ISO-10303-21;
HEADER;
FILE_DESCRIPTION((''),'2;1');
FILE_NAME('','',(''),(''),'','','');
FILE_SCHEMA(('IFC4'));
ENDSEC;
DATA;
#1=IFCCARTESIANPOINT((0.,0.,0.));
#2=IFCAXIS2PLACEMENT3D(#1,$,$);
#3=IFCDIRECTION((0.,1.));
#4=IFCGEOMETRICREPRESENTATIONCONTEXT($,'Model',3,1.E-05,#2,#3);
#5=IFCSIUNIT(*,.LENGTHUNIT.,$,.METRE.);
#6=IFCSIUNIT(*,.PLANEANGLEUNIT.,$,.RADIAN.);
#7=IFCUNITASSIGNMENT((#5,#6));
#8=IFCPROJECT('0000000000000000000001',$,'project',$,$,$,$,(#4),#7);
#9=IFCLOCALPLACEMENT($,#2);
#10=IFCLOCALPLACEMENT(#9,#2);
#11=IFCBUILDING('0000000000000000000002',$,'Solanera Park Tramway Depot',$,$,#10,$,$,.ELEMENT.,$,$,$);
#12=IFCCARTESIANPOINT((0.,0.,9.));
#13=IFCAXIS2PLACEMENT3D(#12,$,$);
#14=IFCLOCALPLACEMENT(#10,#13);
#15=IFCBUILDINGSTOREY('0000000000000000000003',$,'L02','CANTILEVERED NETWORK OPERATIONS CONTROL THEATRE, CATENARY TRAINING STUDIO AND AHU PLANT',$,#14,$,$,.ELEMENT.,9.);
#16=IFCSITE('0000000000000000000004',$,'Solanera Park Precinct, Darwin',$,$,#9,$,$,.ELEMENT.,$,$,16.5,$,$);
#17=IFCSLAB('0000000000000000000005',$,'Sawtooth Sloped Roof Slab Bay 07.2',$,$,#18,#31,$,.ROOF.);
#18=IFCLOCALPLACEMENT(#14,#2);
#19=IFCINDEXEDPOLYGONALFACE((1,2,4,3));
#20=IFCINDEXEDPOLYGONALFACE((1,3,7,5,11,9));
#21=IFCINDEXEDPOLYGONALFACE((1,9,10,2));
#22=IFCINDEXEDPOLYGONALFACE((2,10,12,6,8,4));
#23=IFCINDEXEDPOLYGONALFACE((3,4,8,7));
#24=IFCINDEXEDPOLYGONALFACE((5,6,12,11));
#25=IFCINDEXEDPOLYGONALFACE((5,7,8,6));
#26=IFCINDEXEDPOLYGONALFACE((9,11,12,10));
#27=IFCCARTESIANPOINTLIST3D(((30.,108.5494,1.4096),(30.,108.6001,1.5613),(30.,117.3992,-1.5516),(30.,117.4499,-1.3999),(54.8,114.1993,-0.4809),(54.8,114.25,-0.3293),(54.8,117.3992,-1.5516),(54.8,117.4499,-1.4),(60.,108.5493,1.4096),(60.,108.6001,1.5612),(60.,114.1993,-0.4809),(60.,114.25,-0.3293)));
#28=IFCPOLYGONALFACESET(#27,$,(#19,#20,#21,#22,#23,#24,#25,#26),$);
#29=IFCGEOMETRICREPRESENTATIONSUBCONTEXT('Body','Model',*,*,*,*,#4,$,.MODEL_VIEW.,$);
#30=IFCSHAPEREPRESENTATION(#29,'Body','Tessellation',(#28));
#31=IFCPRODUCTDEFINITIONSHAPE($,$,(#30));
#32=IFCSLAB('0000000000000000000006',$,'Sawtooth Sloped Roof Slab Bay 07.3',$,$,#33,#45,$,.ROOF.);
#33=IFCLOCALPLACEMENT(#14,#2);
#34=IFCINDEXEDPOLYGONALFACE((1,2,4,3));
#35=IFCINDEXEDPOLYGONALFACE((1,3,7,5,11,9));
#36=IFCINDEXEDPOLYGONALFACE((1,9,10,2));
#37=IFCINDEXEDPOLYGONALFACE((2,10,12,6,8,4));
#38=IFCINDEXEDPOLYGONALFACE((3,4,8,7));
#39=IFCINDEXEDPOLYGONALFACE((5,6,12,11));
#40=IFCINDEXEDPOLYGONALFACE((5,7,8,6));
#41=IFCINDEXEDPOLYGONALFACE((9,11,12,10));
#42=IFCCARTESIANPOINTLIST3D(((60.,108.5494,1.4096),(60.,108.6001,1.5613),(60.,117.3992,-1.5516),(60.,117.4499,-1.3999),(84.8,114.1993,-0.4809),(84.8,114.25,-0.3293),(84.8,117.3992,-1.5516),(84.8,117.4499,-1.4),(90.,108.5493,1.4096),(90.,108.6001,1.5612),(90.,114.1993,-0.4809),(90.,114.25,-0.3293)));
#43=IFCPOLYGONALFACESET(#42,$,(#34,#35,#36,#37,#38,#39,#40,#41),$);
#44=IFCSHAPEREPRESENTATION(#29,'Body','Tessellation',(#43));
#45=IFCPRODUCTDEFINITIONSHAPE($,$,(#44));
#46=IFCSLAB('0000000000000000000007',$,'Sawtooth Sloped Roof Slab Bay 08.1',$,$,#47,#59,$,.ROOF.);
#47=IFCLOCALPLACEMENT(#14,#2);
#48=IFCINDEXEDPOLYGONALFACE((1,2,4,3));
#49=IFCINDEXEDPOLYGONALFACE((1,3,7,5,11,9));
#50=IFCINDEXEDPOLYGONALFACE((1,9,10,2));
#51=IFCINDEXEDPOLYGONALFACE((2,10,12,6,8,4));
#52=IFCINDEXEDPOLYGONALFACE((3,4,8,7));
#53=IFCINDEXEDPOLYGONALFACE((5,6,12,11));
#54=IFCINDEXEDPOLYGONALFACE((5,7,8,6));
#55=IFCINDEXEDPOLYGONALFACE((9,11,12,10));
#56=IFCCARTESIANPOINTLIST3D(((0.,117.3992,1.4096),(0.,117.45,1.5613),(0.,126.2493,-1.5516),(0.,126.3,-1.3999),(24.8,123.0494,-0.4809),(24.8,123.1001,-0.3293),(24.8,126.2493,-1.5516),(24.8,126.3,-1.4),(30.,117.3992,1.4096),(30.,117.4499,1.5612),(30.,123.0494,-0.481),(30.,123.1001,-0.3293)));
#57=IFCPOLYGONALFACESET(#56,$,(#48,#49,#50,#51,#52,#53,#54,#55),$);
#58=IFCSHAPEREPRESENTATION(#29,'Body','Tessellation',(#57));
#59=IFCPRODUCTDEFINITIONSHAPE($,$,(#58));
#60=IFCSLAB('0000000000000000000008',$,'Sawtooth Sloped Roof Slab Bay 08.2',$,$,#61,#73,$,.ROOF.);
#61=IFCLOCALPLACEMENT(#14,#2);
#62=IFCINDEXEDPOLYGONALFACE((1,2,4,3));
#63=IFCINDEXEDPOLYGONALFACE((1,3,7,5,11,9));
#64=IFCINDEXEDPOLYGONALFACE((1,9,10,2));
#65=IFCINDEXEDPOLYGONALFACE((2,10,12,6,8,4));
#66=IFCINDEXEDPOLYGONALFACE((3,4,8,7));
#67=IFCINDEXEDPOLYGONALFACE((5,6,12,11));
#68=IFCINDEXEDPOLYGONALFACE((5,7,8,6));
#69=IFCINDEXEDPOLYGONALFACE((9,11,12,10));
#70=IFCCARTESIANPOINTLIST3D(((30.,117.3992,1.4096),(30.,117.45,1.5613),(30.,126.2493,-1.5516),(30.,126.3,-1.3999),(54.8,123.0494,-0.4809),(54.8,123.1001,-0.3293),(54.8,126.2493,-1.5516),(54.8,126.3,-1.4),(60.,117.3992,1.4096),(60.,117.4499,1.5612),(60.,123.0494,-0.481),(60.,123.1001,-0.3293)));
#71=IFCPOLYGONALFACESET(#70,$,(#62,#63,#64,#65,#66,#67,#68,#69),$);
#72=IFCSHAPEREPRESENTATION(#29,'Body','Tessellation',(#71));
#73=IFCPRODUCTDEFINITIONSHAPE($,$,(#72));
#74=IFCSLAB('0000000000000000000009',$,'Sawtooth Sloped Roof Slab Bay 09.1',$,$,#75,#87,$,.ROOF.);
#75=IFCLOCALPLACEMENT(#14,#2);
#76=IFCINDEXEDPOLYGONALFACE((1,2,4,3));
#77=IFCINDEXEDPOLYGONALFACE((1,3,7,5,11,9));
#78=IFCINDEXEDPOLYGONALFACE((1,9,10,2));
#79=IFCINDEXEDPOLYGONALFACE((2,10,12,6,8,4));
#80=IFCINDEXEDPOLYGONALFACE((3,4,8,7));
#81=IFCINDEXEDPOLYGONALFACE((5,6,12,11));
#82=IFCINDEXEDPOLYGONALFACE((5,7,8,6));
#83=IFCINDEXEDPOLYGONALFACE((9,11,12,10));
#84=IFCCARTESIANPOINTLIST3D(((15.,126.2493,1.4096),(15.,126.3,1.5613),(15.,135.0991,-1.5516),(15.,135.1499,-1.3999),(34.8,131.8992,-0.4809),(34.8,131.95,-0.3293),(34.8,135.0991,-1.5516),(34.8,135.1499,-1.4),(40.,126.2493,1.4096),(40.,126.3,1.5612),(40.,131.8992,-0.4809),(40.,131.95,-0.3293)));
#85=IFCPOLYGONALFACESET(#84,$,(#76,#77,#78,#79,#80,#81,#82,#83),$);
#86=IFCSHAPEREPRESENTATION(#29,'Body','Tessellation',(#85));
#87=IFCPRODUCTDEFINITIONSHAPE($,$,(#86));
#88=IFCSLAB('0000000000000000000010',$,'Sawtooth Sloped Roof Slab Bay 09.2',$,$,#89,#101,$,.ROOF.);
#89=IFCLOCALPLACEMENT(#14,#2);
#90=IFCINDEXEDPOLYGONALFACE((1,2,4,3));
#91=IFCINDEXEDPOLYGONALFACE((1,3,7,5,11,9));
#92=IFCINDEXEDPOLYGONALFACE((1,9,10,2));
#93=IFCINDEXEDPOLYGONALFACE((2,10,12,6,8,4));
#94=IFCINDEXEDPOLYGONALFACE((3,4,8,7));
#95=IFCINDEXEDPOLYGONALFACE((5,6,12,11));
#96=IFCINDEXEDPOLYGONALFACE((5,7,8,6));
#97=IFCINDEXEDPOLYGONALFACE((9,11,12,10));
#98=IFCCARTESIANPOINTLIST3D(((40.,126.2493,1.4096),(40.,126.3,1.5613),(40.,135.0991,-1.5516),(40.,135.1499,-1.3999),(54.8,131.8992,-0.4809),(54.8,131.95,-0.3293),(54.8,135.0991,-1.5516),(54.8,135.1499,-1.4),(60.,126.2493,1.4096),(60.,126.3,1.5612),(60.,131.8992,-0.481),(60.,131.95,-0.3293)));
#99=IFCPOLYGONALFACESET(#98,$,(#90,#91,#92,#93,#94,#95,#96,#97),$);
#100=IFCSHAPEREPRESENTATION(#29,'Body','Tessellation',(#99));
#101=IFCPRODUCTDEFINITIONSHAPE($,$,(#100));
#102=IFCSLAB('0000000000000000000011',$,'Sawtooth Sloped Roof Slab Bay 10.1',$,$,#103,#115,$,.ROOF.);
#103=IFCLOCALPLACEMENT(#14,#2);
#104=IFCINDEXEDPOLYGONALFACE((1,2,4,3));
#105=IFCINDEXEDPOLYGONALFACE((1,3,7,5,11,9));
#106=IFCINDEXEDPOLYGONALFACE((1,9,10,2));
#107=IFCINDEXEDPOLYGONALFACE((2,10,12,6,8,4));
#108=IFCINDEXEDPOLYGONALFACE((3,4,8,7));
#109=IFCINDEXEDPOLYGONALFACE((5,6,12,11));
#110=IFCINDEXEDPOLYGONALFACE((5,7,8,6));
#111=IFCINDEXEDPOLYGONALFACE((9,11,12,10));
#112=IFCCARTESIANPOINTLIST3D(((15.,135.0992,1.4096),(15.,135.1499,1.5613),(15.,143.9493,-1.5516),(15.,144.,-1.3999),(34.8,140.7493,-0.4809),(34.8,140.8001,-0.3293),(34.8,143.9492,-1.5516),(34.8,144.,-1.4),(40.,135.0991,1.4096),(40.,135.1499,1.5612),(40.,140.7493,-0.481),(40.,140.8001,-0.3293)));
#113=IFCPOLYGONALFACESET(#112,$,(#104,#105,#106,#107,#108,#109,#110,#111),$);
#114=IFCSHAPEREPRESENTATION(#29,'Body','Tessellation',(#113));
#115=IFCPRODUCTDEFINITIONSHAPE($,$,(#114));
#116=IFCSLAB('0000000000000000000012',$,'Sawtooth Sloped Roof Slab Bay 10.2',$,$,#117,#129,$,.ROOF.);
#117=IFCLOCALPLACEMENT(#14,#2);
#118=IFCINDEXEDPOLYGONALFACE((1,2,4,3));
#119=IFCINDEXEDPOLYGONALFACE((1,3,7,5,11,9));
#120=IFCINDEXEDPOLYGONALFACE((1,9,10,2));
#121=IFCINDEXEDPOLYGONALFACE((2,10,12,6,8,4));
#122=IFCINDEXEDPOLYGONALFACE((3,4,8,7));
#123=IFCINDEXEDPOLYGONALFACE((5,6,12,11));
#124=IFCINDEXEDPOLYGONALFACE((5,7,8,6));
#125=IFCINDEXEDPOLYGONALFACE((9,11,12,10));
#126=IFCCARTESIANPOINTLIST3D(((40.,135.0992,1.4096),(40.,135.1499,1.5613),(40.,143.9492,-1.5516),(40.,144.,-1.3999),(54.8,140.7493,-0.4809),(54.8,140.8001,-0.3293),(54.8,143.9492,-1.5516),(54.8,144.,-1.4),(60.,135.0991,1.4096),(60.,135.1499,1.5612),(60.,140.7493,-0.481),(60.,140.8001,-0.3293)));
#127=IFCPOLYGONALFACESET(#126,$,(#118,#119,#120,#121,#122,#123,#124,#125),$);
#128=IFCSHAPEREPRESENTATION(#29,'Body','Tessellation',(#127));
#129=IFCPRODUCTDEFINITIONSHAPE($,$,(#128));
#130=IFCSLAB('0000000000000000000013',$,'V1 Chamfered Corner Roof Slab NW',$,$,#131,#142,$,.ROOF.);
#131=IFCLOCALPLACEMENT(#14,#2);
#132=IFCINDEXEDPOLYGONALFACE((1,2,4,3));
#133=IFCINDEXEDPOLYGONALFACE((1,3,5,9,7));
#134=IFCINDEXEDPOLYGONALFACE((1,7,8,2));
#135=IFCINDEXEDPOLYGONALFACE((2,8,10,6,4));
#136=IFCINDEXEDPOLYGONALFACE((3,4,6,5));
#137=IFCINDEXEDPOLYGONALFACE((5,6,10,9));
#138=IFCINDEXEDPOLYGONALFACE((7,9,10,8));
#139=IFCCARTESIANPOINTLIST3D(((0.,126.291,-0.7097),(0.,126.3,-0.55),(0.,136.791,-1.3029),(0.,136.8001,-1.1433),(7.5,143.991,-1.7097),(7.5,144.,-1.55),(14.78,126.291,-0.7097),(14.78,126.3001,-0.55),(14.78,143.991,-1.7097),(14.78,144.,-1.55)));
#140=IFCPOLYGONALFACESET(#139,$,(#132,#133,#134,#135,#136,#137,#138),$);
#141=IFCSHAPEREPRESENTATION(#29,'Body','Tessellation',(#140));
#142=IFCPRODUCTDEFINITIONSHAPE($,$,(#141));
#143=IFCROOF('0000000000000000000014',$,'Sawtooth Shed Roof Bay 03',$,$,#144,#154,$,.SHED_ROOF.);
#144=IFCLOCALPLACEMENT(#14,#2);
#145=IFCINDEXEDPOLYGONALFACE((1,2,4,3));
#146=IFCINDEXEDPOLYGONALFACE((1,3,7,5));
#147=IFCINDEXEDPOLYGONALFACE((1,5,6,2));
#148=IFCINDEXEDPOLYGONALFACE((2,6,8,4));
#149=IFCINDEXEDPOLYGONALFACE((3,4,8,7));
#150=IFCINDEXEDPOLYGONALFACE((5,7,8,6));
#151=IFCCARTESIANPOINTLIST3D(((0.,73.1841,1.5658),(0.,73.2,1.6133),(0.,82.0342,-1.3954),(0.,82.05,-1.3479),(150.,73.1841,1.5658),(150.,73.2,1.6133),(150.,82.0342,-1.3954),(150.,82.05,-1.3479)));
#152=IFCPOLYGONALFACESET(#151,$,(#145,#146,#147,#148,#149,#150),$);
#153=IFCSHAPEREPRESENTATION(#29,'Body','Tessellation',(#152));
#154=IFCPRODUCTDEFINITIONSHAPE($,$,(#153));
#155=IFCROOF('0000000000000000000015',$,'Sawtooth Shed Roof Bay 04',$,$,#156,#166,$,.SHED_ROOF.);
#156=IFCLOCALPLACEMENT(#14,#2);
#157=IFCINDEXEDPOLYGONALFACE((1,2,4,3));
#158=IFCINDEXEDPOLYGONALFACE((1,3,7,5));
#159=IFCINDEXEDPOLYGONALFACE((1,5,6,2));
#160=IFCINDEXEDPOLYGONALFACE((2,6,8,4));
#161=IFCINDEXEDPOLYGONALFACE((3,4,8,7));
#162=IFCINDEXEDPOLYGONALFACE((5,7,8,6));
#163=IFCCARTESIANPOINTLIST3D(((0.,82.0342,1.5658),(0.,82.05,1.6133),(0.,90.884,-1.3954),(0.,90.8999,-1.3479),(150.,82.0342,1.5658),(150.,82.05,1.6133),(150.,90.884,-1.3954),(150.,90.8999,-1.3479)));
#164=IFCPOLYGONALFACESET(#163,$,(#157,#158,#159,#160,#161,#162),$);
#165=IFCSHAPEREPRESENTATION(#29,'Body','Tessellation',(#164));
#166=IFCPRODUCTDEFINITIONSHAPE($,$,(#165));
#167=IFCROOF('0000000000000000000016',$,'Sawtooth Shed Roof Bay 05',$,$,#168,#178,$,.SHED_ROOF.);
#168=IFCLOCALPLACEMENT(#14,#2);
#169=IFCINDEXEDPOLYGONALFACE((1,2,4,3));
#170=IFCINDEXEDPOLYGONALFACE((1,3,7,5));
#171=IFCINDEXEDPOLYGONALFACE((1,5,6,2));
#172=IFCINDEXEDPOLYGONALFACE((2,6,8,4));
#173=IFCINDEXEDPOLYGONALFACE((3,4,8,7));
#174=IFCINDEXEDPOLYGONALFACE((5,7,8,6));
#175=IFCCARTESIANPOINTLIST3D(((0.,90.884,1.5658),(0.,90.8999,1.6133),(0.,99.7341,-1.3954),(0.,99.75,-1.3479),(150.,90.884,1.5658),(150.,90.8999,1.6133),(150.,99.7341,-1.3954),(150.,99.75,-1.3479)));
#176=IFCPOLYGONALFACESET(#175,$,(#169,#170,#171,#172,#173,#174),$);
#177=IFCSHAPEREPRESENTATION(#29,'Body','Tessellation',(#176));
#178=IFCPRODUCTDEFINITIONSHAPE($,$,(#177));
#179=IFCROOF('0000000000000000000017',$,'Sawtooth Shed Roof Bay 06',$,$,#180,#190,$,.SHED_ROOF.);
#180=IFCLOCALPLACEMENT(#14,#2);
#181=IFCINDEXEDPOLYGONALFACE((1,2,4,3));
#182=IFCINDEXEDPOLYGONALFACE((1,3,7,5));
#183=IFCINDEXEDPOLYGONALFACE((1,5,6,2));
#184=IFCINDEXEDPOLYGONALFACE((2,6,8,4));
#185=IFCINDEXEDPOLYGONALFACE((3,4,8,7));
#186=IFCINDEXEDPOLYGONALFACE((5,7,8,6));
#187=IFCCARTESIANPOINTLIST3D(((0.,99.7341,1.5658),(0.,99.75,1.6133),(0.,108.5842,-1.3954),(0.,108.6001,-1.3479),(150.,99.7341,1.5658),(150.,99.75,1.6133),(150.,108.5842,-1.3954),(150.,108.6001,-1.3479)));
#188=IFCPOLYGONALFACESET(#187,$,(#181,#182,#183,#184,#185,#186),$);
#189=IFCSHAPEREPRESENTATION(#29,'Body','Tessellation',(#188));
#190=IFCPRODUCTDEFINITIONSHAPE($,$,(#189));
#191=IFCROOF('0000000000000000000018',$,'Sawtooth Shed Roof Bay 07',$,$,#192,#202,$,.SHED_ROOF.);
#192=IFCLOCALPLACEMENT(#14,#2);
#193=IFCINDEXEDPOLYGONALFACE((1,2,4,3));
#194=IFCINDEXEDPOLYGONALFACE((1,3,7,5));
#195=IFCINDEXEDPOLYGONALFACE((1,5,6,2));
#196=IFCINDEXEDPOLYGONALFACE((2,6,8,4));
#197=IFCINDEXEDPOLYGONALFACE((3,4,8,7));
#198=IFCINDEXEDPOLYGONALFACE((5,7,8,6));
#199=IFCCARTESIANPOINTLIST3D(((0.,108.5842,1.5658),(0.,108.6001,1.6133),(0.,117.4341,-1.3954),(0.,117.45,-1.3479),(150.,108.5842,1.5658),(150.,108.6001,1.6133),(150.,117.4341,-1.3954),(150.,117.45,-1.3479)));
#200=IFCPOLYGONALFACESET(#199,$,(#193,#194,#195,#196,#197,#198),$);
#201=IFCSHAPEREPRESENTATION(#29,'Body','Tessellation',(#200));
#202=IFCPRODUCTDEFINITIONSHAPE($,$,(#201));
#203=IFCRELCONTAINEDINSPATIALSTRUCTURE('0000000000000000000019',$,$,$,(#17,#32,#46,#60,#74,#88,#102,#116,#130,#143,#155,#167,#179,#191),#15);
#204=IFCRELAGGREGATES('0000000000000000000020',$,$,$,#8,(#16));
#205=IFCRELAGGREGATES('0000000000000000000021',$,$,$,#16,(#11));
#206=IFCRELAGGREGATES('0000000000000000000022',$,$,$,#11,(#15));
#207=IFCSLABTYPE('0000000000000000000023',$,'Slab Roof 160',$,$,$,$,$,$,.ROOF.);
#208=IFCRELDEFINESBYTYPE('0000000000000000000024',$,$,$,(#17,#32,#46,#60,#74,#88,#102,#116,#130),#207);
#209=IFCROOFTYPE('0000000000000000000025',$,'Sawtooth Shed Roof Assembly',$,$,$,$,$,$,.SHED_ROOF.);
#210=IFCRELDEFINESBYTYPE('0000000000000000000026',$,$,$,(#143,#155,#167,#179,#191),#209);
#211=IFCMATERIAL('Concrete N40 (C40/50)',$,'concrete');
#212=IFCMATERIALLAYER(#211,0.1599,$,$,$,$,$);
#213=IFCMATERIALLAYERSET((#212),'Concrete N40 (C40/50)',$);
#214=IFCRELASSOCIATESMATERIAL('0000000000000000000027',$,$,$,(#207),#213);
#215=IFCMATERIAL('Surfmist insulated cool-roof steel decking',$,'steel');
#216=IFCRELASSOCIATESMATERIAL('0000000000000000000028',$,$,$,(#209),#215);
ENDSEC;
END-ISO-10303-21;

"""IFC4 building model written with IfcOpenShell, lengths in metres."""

from ifc_helpers import new_model, si_unit, direction, frame, origin, place, context, subcontext, project, spatial, polyline, outline, extrude, material, layer, layer_set, type_object, element, save


model = new_model("IFC4")

# Units and contexts
model_context = context("Model", 3, precision=1e-05, world=origin(), true_north=direction((0.0, 1.0)))
body_context = subcontext(model_context, "Body", "Model", "MODEL_VIEW")
ifc_project = project(units=[si_unit("LENGTHUNIT", "METRE"), si_unit("PLANEANGLEUNIT", "RADIAN")], contexts=[model_context])

# Site, building, storey
site_placement = place(None, origin())
site = spatial("IfcSite", under=ifc_project, at=site_placement, Name="Solanera Park Precinct, Darwin", CompositionType="ELEMENT", RefElevation=16.5)
building_placement = place(site_placement, origin())
building = spatial("IfcBuilding", under=site, at=building_placement, Name="Solanera Park Tramway Depot", CompositionType="ELEMENT")
storey_placement = place(building_placement, frame((0.0, 0.0, 9.0)))
storey = spatial("IfcBuildingStorey", under=building, at=storey_placement, Name="L02", Description="CANTILEVERED NETWORK OPERATIONS CONTROL THEATRE, CATENARY TRAINING STUDIO AND AHU PLANT", CompositionType="ELEMENT", Elevation=9.0)

# Slabs
ifc_material_1 = material(Name="Concrete N40 (C40/50)", Category="concrete")
ifc_layer = layer(ifc_material_1, 0.1599)
ifc_layer_set = layer_set([ifc_layer], Name="Concrete N40 (C40/50)")
slab_type = type_object("IfcSlabType", Name="Slab Roof 160", PredefinedType="ROOF", material=ifc_layer_set)
for number, where, z_axis, x_axis, name in (
    (1, (30.0, 108.6001, 1.5613), (0.000003, 0.317313, 0.948321), (1.0, -0.000001, -0.000002), "Sawtooth Sloped Roof Slab Bay 07.2"),
    (2, (60.0, 108.6001, 1.5613), (0.000003, 0.317313, 0.948321), (1.0, -0.000001, -0.000002), "Sawtooth Sloped Roof Slab Bay 07.3"),
):
    element("IfcSlab", number, at=place(storey_placement, frame(where, z_axis=z_axis, x_axis=x_axis)), inside=storey, type_object=slab_type, Name=name, PredefinedType="ROOF", context=body_context, shape_type="SweptSolid", body=[
        extrude(outline(polyline([(0.0, 0.0), (30.0, 0.0), (30.0, 5.9578), (24.8, 5.9578), (24.8, 9.3321), (0.0, 9.3321), (0.0, 0.0)])), origin(), (0.0, 0.0, -1.0), 0.1599),
    ])
for number, where, z_axis, x_axis, name in (
    (3, (0.0, 117.45, 1.5613), (0.000002, 0.317305, 0.948324), (1.0, -0.000001, -0.000002), "Sawtooth Sloped Roof Slab Bay 08.1"),
    (4, (30.0, 117.45, 1.5613), (0.000002, 0.317305, 0.948324), (1.0, -0.000001, -0.000002), "Sawtooth Sloped Roof Slab Bay 08.2"),
):
    element("IfcSlab", number, at=place(storey_placement, frame(where, z_axis=z_axis, x_axis=x_axis)), inside=storey, type_object=slab_type, Name=name, PredefinedType="ROOF", context=body_context, shape_type="SweptSolid", body=[
        extrude(outline(polyline([(0.0, 0.0), (30.0, 0.0), (30.0, 5.9581), (24.8, 5.9581), (24.8, 9.3324), (0.0, 9.3324), (0.0, 0.0)])), origin(), (0.0, 0.0, -1.0), 0.1599),
    ])
slab_1_placement = place(storey_placement, frame((15.0, 126.3, 1.5613), z_axis=(0.000003, 0.317314, 0.948321), x_axis=(1.0, -0.000001, -0.000003)))
element("IfcSlab", 5, at=slab_1_placement, inside=storey, type_object=slab_type, Name="Sawtooth Sloped Roof Slab Bay 09.1", PredefinedType="ROOF", context=body_context, shape_type="SweptSolid", body=[
    extrude(outline(polyline([(0.0, 0.0), (25.0, 0.0), (25.0, 5.9578), (19.8, 5.9578), (19.8, 9.3321), (0.0, 9.3321), (0.0, 0.0)])), origin(), (0.0, 0.0, -1.0), 0.1599),
])
slab_2_placement = place(storey_placement, frame((40.0, 126.3, 1.5613), z_axis=(0.000004, 0.317315, 0.94832), x_axis=(1.0, -0.000001, -0.000004)))
element("IfcSlab", 6, at=slab_2_placement, inside=storey, type_object=slab_type, Name="Sawtooth Sloped Roof Slab Bay 09.2", PredefinedType="ROOF", context=body_context, shape_type="SweptSolid", body=[
    extrude(outline(polyline([(0.0, 0.0), (20.0, 0.0), (20.0, 5.9578), (14.8, 5.9578), (14.8, 9.3321), (0.0, 9.3321), (0.0, 0.0)])), origin(), (0.0, 0.0, -1.0), 0.1599),
])
slab_3_placement = place(storey_placement, frame((15.0, 135.1499, 1.5613), z_axis=(0.000003, 0.317305, 0.948323), x_axis=(1.0, -0.000001, -0.000002)))
element("IfcSlab", 7, at=slab_3_placement, inside=storey, type_object=slab_type, Name="Sawtooth Sloped Roof Slab Bay 10.1", PredefinedType="ROOF", context=body_context, shape_type="SweptSolid", body=[
    extrude(outline(polyline([(0.0, 0.0), (25.0, 0.0), (25.0, 5.9581), (19.8, 5.9581), (19.8, 9.3324), (0.0, 9.3324), (0.0, 0.0)])), origin(), (0.0, 0.0, -1.0), 0.1599),
])
slab_4_placement = place(storey_placement, frame((40.0, 135.1499, 1.5613), z_axis=(0.000003, 0.317306, 0.948323), x_axis=(1.0, -0.000001, -0.000003)))
element("IfcSlab", 8, at=slab_4_placement, inside=storey, type_object=slab_type, Name="Sawtooth Sloped Roof Slab Bay 10.2", PredefinedType="ROOF", context=body_context, shape_type="SweptSolid", body=[
    extrude(outline(polyline([(0.0, 0.0), (20.0, 0.0), (20.0, 5.9581), (14.8, 5.9581), (14.8, 9.3324), (0.0, 9.3324), (0.0, 0.0)])), origin(), (0.0, 0.0, -1.0), 0.1599),
])
slab_5_placement = place(storey_placement, frame((0.0, 126.3, -0.55), z_axis=(-0.000001, 0.056408, 0.998408), x_axis=(1.0, 0.0, 0.000001)))
element("IfcSlab", 9, at=slab_5_placement, inside=storey, type_object=slab_type, Name="V1 Chamfered Corner Roof Slab NW", PredefinedType="ROOF", context=body_context, shape_type="SweptSolid", body=[
    extrude(outline(polyline([(0.0, 0.0), (14.78, 0.0), (14.78, 17.7282), (7.5, 17.7282), (0.0, 10.5167), (0.0, 0.0)])), origin(), (0.0, 0.0, -1.0), 0.1599),
])

# Roofs
ifc_material_2 = material(Name="Surfmist insulated cool-roof steel decking", Category="steel")
roof_type = type_object("IfcRoofType", Name="Sawtooth Shed Roof Assembly", PredefinedType="SHED_ROOF", material=ifc_material_2)
roof_1_placement = place(storey_placement, frame((0.0, 73.2, 1.6133), z_axis=(0.0, 0.317303, 0.948324), x_axis=(1.0, 0.0, 0.0)))
element("IfcRoof", 10, at=roof_1_placement, inside=storey, type_object=roof_type, Name="Sawtooth Shed Roof Bay 03", PredefinedType="SHED_ROOF", context=body_context, shape_type="SweptSolid", body=[
    extrude(outline(polyline([(0.0, 0.0), (150.0, 0.0), (150.0, 9.3324), (0.0, 9.3324), (0.0, 0.0)])), origin(), (0.0, 0.0, -1.0), 0.05),
])
roof_2_placement = place(storey_placement, frame((0.0, 82.05, 1.6133), z_axis=(0.0, 0.317311, 0.948322), x_axis=(1.0, 0.0, 0.0)))
element("IfcRoof", 11, at=roof_2_placement, inside=storey, type_object=roof_type, Name="Sawtooth Shed Roof Bay 04", PredefinedType="SHED_ROOF", context=body_context, shape_type="SweptSolid", body=[
    extrude(outline(polyline([(0.0, 0.0), (150.0, 0.0), (150.0, 9.3321), (0.0, 9.3321), (0.0, 0.0)])), origin(), (0.0, 0.0, -1.0), 0.05),
])
for number, where, z_axis, x_axis, name in (
    (12, (0.0, 90.8999, 1.6133), (0.0, 0.317303, 0.948324), (1.0, 0.0, 0.0), "Sawtooth Shed Roof Bay 05"),
    (13, (0.0, 99.75, 1.6133), (0.0, 0.317303, 0.948324), (1.0, 0.0, 0.0), "Sawtooth Shed Roof Bay 06"),
):
    element("IfcRoof", number, at=place(storey_placement, frame(where, z_axis=z_axis, x_axis=x_axis)), inside=storey, type_object=roof_type, Name=name, PredefinedType="SHED_ROOF", context=body_context, shape_type="SweptSolid", body=[
        extrude(outline(polyline([(0.0, 0.0), (150.0, 0.0), (150.0, 9.3324), (0.0, 9.3324), (0.0, 0.0)])), origin(), (0.0, 0.0, -1.0), 0.05),
    ])
roof_3_placement = place(storey_placement, frame((0.0, 108.6001, 1.6133), z_axis=(0.0, 0.317311, 0.948322), x_axis=(1.0, 0.0, 0.0)))
element("IfcRoof", 14, at=roof_3_placement, inside=storey, type_object=roof_type, Name="Sawtooth Shed Roof Bay 07", PredefinedType="SHED_ROOF", context=body_context, shape_type="SweptSolid", body=[
    extrude(outline(polyline([(0.0, 0.0), (150.0, 0.0), (150.0, 9.3321), (0.0, 9.3321), (0.0, 0.0)])), origin(), (0.0, 0.0, -1.0), 0.05),
])

save(model, "model.ifc")
